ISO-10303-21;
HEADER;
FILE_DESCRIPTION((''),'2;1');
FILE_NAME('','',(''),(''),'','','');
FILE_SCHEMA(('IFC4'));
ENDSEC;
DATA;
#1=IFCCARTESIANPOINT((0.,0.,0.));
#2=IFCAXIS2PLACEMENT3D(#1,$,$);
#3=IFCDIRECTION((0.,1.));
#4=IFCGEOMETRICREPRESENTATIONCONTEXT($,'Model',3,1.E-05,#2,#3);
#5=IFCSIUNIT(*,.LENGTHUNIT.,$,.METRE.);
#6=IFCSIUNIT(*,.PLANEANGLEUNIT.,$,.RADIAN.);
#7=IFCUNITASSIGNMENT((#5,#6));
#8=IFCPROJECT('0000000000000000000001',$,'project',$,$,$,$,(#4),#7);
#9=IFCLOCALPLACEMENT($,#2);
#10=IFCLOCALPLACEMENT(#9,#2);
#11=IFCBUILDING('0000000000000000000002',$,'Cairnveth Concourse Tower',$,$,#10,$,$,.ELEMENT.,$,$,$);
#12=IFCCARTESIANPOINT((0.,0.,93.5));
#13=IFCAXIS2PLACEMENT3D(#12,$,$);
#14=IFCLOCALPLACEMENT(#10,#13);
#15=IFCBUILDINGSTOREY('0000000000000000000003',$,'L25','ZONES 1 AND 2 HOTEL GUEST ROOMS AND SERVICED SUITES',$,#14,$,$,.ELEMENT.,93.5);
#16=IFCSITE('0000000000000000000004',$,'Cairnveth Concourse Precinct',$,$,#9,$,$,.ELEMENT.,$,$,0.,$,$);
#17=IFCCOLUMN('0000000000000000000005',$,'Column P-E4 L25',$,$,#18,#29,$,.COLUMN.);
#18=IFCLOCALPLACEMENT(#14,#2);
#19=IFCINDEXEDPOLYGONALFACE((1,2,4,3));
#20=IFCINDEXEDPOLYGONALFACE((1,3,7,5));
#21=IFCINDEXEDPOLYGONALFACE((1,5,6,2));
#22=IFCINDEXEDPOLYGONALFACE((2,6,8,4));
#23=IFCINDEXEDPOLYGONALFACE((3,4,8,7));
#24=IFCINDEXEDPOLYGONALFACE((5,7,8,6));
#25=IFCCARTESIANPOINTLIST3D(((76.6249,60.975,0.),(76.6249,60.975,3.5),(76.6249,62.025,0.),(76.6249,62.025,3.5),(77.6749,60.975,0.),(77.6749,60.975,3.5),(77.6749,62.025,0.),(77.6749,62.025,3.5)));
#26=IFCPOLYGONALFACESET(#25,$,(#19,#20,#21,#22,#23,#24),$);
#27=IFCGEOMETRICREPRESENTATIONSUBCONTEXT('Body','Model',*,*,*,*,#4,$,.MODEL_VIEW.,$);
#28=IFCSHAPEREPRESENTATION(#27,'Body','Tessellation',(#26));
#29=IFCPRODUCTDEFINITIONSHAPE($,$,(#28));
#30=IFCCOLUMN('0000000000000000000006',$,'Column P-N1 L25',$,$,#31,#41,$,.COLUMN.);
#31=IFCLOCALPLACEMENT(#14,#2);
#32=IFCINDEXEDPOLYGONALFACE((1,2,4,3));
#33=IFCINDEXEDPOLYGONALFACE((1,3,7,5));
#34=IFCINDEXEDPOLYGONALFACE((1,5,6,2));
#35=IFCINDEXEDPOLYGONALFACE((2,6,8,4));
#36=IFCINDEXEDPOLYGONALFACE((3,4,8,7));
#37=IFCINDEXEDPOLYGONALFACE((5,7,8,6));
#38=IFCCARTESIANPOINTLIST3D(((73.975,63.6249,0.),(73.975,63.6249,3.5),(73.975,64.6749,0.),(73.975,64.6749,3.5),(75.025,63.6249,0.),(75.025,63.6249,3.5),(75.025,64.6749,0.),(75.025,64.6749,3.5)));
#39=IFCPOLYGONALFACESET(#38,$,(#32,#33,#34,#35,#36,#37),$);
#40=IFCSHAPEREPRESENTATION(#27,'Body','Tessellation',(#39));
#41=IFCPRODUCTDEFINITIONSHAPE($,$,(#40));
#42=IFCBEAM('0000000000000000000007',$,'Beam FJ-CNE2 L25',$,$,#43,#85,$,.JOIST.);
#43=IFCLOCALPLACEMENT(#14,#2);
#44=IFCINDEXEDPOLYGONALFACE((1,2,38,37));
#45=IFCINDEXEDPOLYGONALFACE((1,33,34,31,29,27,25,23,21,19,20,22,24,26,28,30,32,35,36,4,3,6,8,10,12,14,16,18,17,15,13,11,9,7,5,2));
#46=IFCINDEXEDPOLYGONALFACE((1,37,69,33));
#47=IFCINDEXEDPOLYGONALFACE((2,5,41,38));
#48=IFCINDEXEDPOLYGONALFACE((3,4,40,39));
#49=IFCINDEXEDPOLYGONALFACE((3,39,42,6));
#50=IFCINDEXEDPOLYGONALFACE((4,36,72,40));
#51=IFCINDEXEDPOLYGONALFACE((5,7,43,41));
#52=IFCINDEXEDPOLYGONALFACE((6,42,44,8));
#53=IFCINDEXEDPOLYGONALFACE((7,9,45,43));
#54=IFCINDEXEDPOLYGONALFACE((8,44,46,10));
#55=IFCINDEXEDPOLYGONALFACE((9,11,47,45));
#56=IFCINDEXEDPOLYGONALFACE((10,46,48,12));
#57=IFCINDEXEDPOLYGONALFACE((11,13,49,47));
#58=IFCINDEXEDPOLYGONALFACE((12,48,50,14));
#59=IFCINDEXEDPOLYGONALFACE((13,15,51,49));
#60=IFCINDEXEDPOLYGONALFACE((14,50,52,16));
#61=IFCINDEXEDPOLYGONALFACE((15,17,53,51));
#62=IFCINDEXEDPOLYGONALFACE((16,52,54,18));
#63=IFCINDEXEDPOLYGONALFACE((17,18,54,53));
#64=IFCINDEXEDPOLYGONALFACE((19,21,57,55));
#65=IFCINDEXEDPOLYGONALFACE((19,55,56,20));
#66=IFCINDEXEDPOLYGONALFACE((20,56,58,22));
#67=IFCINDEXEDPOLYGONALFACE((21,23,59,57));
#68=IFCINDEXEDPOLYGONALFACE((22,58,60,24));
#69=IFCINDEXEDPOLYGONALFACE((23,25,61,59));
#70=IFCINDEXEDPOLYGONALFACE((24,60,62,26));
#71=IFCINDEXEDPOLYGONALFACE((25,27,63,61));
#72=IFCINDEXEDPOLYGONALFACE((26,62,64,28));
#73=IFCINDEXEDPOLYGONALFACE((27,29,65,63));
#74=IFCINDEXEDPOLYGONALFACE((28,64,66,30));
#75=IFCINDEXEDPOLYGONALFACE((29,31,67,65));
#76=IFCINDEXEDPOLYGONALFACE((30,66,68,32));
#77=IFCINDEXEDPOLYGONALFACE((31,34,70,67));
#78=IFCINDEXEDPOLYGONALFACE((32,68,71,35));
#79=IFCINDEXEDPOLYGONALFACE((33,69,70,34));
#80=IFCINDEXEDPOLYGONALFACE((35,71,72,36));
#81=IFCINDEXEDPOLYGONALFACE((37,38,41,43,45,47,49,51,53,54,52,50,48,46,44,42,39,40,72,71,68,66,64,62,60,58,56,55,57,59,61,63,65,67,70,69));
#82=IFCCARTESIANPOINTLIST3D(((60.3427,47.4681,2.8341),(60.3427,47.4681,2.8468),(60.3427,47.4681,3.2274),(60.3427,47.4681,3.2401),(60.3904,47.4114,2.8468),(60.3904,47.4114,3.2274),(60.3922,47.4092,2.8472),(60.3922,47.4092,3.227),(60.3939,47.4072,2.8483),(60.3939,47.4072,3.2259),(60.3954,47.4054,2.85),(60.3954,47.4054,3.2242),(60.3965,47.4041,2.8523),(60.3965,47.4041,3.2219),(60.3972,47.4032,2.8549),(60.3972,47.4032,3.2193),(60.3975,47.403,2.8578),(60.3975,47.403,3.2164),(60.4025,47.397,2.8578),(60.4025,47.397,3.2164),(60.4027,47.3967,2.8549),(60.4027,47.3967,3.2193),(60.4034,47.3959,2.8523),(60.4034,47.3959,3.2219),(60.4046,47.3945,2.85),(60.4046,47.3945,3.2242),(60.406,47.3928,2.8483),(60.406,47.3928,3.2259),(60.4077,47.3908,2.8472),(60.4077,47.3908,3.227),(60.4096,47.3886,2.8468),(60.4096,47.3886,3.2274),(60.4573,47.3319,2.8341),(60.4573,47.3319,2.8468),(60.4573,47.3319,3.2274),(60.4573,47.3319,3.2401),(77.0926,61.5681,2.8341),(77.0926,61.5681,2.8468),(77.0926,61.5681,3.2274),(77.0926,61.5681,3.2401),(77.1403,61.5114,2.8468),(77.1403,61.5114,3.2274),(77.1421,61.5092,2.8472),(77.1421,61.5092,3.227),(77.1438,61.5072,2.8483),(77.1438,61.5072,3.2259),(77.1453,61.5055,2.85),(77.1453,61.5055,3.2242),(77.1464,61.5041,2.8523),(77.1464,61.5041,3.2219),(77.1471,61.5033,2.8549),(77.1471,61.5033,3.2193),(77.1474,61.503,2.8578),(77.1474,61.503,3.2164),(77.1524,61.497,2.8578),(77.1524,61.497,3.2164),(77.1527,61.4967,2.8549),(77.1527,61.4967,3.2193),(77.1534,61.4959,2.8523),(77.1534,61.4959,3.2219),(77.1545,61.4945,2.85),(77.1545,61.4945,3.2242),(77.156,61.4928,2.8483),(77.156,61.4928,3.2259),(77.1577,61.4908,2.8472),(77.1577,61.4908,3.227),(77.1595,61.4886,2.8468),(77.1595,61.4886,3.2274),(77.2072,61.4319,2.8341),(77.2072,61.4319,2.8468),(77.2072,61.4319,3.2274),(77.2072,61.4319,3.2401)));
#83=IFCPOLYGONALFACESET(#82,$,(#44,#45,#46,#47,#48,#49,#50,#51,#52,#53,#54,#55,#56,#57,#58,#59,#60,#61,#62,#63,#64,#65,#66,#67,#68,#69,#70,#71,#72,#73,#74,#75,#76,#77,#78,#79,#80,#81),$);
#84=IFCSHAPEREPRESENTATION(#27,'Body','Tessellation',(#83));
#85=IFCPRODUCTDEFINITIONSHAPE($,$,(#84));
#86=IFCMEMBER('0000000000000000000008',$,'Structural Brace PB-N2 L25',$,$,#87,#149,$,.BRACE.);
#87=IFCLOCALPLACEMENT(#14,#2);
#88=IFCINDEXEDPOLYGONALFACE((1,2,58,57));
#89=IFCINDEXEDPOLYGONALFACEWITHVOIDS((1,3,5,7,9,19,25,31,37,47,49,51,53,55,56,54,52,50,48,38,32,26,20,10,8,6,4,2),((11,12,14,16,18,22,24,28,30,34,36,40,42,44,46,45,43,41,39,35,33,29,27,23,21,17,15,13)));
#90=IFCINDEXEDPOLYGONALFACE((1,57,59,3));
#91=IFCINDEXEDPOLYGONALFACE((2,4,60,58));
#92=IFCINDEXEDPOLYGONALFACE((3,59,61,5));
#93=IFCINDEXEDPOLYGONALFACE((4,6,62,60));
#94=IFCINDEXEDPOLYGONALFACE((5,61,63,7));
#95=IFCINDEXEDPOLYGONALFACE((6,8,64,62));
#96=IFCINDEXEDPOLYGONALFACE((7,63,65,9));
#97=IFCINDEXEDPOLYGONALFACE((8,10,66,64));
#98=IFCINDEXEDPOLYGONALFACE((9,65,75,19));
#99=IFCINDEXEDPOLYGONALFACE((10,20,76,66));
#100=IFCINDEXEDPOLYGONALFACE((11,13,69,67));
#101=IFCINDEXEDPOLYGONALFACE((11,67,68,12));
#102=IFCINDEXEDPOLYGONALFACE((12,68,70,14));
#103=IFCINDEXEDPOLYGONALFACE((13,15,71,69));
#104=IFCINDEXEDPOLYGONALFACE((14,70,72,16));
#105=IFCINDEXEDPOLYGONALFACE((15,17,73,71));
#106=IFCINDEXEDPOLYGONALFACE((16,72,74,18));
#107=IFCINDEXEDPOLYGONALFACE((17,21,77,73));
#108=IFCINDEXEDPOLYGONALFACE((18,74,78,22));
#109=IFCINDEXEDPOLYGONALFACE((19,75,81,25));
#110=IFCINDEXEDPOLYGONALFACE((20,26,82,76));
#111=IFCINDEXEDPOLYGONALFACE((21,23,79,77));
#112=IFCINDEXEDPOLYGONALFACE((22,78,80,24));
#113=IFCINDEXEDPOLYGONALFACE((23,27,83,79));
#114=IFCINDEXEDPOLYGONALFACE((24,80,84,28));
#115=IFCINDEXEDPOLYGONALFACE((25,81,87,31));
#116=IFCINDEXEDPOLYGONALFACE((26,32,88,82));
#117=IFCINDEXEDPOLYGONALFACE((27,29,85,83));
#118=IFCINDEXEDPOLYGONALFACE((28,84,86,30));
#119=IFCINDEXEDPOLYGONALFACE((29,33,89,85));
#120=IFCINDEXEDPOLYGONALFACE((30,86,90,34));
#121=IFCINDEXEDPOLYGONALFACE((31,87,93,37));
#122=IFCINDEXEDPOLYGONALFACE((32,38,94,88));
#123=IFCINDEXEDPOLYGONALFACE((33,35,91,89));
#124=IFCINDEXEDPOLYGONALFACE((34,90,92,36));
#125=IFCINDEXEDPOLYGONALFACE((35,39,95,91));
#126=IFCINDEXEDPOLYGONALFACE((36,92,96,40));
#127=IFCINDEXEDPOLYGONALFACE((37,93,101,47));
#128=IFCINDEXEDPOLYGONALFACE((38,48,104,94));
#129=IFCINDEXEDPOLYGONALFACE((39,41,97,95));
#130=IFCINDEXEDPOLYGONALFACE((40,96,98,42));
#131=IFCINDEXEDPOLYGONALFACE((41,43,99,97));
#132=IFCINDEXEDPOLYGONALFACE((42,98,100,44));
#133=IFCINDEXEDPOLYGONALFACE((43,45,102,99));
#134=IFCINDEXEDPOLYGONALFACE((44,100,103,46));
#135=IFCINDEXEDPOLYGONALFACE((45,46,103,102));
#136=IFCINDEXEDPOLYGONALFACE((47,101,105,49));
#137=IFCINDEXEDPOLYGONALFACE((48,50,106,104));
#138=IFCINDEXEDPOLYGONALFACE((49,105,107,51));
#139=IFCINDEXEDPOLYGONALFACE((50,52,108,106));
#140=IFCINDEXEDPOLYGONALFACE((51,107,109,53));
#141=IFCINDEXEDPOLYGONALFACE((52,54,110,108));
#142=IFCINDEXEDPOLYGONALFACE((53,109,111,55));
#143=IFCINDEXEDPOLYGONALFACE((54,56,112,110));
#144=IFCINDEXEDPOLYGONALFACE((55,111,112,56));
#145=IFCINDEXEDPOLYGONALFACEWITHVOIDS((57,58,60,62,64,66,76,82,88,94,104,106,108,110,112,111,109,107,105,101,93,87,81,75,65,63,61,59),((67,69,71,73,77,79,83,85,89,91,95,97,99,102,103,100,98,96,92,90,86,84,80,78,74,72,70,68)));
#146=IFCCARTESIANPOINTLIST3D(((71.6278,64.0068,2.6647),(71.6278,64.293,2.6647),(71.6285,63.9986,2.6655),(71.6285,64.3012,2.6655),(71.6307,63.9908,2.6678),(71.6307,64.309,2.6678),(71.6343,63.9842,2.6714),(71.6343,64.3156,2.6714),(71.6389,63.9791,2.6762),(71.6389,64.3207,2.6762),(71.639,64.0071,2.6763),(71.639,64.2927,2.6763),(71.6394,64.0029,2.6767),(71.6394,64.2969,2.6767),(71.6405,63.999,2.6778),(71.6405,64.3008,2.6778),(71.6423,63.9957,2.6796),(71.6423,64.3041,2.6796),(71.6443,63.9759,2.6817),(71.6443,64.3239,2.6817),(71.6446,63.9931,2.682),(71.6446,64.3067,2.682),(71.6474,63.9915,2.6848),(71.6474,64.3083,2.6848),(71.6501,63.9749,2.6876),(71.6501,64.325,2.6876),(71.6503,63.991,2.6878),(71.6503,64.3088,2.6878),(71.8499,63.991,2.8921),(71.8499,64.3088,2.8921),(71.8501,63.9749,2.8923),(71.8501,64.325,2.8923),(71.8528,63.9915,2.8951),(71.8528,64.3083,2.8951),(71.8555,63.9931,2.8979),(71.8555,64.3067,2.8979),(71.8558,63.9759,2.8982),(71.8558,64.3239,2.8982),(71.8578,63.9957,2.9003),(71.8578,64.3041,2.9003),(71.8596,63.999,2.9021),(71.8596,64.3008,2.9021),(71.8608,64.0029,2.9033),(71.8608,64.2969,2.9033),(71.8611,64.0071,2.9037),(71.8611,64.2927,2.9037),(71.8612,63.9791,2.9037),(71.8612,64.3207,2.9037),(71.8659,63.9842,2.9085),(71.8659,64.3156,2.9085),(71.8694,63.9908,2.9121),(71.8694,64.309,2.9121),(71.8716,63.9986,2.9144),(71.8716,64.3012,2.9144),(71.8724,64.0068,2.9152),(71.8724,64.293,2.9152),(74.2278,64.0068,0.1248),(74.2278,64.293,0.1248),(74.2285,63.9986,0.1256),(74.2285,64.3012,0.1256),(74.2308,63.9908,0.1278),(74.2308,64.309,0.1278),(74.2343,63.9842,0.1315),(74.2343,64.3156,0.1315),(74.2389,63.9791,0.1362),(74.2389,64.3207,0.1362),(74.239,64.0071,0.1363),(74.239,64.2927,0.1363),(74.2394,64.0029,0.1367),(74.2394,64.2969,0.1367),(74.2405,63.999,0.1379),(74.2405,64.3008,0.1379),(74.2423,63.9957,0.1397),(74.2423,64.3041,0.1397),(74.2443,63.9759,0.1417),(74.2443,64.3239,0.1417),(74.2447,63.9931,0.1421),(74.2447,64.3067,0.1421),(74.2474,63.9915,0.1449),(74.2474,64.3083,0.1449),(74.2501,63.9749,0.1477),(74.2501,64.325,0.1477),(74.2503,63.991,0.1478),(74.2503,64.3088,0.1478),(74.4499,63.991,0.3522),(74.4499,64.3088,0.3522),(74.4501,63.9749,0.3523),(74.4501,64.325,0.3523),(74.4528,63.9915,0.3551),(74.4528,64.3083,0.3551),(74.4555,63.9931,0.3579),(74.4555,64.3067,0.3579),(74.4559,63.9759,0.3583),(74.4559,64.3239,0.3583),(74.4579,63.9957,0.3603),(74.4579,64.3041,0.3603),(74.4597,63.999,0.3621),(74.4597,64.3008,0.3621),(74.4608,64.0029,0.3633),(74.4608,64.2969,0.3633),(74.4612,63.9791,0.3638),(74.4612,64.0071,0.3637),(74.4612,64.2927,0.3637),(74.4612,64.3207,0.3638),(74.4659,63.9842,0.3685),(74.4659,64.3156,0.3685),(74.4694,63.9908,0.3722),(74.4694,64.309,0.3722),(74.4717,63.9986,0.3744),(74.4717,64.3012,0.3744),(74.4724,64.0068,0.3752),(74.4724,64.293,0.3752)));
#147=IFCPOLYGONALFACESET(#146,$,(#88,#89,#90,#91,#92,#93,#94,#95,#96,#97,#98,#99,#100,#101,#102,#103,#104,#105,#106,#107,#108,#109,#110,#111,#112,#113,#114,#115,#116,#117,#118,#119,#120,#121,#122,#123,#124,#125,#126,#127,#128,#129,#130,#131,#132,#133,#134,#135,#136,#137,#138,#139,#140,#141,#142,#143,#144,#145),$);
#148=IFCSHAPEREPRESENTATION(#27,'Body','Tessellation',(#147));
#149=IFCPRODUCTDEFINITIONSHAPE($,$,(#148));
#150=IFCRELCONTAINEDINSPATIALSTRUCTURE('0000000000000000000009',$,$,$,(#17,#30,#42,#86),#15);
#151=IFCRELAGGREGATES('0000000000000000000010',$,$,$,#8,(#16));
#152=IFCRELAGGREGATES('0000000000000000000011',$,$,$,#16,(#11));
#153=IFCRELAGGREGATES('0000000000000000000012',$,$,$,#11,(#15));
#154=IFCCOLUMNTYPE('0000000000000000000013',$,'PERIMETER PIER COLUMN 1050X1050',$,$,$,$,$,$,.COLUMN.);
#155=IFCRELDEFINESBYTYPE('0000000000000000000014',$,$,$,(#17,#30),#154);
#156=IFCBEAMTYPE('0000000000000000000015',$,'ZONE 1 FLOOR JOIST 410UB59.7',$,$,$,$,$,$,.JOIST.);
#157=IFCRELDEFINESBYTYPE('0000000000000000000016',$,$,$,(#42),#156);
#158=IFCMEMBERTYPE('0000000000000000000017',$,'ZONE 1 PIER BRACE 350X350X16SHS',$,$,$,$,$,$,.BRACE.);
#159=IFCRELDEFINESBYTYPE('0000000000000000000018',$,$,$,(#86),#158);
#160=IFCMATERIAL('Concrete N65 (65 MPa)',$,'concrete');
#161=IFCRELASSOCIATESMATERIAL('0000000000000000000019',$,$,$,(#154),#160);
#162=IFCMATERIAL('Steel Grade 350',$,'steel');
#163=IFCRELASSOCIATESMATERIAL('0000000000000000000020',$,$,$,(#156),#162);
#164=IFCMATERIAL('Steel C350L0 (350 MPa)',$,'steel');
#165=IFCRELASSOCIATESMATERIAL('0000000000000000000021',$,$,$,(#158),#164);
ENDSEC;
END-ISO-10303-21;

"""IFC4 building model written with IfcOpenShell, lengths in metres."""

from ifc_helpers import new_model, si_unit, direction, frame, origin, origin_2d, place, context, subcontext, project, spatial, rectangle, hollow_rectangle, i_section, extrude, material, material_profile, profile_set, type_object, element, save


model = new_model("IFC4")

# Units and contexts
model_context = context("Model", 3, precision=1e-05, world=origin(), true_north=direction((0.0, 1.0)))
body_context = subcontext(model_context, "Body", "Model", "MODEL_VIEW")
ifc_project = project(units=[si_unit("LENGTHUNIT", "METRE"), si_unit("PLANEANGLEUNIT", "RADIAN")], contexts=[model_context])

# Site, building, storey
site_placement = place(None, origin())
site = spatial("IfcSite", under=ifc_project, at=site_placement, Name="Cairnveth Concourse Precinct", CompositionType="ELEMENT", RefElevation=0.0)
building_placement = place(site_placement, origin())
building = spatial("IfcBuilding", under=site, at=building_placement, Name="Cairnveth Concourse Tower", CompositionType="ELEMENT")
storey_placement = place(building_placement, frame((0.0, 0.0, 93.5)))
storey = spatial("IfcBuildingStorey", under=building, at=storey_placement, Name="L25", Description="ZONES 1 AND 2 HOTEL GUEST ROOMS AND SERVICED SUITES", CompositionType="ELEMENT", Elevation=93.5)

# Columns
ifc_material_1 = material(Name="Concrete N65 (65 MPa)", Category="concrete")
ifc_material_profile_1 = material_profile(ifc_material_1, rectangle(XDim=1.05, YDim=1.05, at=origin_2d()), Name="RC-COL-1050x1050")
ifc_profile_set_1 = profile_set([ifc_material_profile_1], Name="Concrete N65 (65 MPa)")
column_type = type_object("IfcColumnType", Name="PERIMETER PIER COLUMN 1050X1050", PredefinedType="COLUMN", material=ifc_profile_set_1)
for number, where, z_axis, x_axis, name in (
    (1, (77.1499, 61.5, 0.0), (0.0, 0.0, 1.0), (0.0, 1.0, 0.0), "Column P-E4 L25"),
    (2, (74.5, 64.1499, 0.0), (0.0, 0.0, 1.0), (1.0, 0.0, 0.0), "Column P-N1 L25"),
):
    element("IfcColumn", number, at=place(storey_placement, frame(where, z_axis=z_axis, x_axis=x_axis)), inside=storey, type_object=column_type, Name=name, PredefinedType="COLUMN", context=body_context, shape_type="SweptSolid", body=[
        extrude(rectangle(XDim=1.05, YDim=1.05, at=origin_2d()), origin(), (0.0, 0.0, 1.0), 3.5),
    ])

# Beam
ifc_material_2 = material(Name="Steel Grade 350", Category="steel")
ifc_material_profile_2 = material_profile(ifc_material_2, i_section(OverallWidth=0.178, OverallDepth=0.406, WebThickness=0.0078, FlangeThickness=0.0127, FilletRadius=0.011, at=origin_2d()), Name="410UB59.7")
ifc_profile_set_2 = profile_set([ifc_material_profile_2], Name="Steel Grade 350")
beam_type_1 = type_object("IfcBeamType", Name="ZONE 1 FLOOR JOIST 410UB59.7", PredefinedType="JOIST", material=ifc_profile_set_2)
beam_1_placement = place(storey_placement, frame((77.1499, 61.5, 3.0371), z_axis=(-0.765027, -0.643998, 0.0), x_axis=(0.643998, -0.765027, 0.0)))
element("IfcBeam", 3, at=beam_1_placement, inside=storey, type_object=beam_type_1, Name="Beam FJ-CNE2 L25", PredefinedType="JOIST", context=body_context, shape_type="SweptSolid", body=[
    extrude(i_section(OverallWidth=0.178, OverallDepth=0.406, WebThickness=0.0078, FlangeThickness=0.0127, FilletRadius=0.011, at=origin_2d()), origin(), (0.0, 0.0, 1.0), 21.8945),
])

# Member
ifc_material_3 = material(Name="Steel C350L0 (350 MPa)", Category="steel")
ifc_material_profile_3 = material_profile(ifc_material_3, hollow_rectangle(XDim=0.3501, YDim=0.3501, WallThickness=0.0161, InnerFilletRadius=0.0161, OuterFilletRadius=0.032, at=origin_2d()), Name="350x350x16.0SHS")
ifc_profile_set_3 = profile_set([ifc_material_profile_3], Name="Steel C350L0 (350 MPa)")
member_type = type_object("IfcMemberType", Name="ZONE 1 PIER BRACE 350X350X16SHS", PredefinedType="BRACE", material=ifc_profile_set_3)
for number, where, z_axis, x_axis, name in (
    (4, (74.3501, 64.1499, 0.25), (-0.71532, 0.0, 0.698797), (0.0, -1.0, 0.0), "Structural Brace PB-N2 L25"),
):
    element("IfcMember", number, at=place(storey_placement, frame(where, z_axis=z_axis, x_axis=x_axis)), inside=storey, type_object=member_type, Name=name, PredefinedType="BRACE", context=body_context, shape_type="SweptSolid", body=[
        extrude(hollow_rectangle(XDim=0.3501, YDim=0.3501, WallThickness=0.0161, InnerFilletRadius=0.0161, OuterFilletRadius=0.032, at=origin_2d()), origin(), (0.0, 0.0, 1.0), 3.6348),
    ])

save(model, "model.ifc")
